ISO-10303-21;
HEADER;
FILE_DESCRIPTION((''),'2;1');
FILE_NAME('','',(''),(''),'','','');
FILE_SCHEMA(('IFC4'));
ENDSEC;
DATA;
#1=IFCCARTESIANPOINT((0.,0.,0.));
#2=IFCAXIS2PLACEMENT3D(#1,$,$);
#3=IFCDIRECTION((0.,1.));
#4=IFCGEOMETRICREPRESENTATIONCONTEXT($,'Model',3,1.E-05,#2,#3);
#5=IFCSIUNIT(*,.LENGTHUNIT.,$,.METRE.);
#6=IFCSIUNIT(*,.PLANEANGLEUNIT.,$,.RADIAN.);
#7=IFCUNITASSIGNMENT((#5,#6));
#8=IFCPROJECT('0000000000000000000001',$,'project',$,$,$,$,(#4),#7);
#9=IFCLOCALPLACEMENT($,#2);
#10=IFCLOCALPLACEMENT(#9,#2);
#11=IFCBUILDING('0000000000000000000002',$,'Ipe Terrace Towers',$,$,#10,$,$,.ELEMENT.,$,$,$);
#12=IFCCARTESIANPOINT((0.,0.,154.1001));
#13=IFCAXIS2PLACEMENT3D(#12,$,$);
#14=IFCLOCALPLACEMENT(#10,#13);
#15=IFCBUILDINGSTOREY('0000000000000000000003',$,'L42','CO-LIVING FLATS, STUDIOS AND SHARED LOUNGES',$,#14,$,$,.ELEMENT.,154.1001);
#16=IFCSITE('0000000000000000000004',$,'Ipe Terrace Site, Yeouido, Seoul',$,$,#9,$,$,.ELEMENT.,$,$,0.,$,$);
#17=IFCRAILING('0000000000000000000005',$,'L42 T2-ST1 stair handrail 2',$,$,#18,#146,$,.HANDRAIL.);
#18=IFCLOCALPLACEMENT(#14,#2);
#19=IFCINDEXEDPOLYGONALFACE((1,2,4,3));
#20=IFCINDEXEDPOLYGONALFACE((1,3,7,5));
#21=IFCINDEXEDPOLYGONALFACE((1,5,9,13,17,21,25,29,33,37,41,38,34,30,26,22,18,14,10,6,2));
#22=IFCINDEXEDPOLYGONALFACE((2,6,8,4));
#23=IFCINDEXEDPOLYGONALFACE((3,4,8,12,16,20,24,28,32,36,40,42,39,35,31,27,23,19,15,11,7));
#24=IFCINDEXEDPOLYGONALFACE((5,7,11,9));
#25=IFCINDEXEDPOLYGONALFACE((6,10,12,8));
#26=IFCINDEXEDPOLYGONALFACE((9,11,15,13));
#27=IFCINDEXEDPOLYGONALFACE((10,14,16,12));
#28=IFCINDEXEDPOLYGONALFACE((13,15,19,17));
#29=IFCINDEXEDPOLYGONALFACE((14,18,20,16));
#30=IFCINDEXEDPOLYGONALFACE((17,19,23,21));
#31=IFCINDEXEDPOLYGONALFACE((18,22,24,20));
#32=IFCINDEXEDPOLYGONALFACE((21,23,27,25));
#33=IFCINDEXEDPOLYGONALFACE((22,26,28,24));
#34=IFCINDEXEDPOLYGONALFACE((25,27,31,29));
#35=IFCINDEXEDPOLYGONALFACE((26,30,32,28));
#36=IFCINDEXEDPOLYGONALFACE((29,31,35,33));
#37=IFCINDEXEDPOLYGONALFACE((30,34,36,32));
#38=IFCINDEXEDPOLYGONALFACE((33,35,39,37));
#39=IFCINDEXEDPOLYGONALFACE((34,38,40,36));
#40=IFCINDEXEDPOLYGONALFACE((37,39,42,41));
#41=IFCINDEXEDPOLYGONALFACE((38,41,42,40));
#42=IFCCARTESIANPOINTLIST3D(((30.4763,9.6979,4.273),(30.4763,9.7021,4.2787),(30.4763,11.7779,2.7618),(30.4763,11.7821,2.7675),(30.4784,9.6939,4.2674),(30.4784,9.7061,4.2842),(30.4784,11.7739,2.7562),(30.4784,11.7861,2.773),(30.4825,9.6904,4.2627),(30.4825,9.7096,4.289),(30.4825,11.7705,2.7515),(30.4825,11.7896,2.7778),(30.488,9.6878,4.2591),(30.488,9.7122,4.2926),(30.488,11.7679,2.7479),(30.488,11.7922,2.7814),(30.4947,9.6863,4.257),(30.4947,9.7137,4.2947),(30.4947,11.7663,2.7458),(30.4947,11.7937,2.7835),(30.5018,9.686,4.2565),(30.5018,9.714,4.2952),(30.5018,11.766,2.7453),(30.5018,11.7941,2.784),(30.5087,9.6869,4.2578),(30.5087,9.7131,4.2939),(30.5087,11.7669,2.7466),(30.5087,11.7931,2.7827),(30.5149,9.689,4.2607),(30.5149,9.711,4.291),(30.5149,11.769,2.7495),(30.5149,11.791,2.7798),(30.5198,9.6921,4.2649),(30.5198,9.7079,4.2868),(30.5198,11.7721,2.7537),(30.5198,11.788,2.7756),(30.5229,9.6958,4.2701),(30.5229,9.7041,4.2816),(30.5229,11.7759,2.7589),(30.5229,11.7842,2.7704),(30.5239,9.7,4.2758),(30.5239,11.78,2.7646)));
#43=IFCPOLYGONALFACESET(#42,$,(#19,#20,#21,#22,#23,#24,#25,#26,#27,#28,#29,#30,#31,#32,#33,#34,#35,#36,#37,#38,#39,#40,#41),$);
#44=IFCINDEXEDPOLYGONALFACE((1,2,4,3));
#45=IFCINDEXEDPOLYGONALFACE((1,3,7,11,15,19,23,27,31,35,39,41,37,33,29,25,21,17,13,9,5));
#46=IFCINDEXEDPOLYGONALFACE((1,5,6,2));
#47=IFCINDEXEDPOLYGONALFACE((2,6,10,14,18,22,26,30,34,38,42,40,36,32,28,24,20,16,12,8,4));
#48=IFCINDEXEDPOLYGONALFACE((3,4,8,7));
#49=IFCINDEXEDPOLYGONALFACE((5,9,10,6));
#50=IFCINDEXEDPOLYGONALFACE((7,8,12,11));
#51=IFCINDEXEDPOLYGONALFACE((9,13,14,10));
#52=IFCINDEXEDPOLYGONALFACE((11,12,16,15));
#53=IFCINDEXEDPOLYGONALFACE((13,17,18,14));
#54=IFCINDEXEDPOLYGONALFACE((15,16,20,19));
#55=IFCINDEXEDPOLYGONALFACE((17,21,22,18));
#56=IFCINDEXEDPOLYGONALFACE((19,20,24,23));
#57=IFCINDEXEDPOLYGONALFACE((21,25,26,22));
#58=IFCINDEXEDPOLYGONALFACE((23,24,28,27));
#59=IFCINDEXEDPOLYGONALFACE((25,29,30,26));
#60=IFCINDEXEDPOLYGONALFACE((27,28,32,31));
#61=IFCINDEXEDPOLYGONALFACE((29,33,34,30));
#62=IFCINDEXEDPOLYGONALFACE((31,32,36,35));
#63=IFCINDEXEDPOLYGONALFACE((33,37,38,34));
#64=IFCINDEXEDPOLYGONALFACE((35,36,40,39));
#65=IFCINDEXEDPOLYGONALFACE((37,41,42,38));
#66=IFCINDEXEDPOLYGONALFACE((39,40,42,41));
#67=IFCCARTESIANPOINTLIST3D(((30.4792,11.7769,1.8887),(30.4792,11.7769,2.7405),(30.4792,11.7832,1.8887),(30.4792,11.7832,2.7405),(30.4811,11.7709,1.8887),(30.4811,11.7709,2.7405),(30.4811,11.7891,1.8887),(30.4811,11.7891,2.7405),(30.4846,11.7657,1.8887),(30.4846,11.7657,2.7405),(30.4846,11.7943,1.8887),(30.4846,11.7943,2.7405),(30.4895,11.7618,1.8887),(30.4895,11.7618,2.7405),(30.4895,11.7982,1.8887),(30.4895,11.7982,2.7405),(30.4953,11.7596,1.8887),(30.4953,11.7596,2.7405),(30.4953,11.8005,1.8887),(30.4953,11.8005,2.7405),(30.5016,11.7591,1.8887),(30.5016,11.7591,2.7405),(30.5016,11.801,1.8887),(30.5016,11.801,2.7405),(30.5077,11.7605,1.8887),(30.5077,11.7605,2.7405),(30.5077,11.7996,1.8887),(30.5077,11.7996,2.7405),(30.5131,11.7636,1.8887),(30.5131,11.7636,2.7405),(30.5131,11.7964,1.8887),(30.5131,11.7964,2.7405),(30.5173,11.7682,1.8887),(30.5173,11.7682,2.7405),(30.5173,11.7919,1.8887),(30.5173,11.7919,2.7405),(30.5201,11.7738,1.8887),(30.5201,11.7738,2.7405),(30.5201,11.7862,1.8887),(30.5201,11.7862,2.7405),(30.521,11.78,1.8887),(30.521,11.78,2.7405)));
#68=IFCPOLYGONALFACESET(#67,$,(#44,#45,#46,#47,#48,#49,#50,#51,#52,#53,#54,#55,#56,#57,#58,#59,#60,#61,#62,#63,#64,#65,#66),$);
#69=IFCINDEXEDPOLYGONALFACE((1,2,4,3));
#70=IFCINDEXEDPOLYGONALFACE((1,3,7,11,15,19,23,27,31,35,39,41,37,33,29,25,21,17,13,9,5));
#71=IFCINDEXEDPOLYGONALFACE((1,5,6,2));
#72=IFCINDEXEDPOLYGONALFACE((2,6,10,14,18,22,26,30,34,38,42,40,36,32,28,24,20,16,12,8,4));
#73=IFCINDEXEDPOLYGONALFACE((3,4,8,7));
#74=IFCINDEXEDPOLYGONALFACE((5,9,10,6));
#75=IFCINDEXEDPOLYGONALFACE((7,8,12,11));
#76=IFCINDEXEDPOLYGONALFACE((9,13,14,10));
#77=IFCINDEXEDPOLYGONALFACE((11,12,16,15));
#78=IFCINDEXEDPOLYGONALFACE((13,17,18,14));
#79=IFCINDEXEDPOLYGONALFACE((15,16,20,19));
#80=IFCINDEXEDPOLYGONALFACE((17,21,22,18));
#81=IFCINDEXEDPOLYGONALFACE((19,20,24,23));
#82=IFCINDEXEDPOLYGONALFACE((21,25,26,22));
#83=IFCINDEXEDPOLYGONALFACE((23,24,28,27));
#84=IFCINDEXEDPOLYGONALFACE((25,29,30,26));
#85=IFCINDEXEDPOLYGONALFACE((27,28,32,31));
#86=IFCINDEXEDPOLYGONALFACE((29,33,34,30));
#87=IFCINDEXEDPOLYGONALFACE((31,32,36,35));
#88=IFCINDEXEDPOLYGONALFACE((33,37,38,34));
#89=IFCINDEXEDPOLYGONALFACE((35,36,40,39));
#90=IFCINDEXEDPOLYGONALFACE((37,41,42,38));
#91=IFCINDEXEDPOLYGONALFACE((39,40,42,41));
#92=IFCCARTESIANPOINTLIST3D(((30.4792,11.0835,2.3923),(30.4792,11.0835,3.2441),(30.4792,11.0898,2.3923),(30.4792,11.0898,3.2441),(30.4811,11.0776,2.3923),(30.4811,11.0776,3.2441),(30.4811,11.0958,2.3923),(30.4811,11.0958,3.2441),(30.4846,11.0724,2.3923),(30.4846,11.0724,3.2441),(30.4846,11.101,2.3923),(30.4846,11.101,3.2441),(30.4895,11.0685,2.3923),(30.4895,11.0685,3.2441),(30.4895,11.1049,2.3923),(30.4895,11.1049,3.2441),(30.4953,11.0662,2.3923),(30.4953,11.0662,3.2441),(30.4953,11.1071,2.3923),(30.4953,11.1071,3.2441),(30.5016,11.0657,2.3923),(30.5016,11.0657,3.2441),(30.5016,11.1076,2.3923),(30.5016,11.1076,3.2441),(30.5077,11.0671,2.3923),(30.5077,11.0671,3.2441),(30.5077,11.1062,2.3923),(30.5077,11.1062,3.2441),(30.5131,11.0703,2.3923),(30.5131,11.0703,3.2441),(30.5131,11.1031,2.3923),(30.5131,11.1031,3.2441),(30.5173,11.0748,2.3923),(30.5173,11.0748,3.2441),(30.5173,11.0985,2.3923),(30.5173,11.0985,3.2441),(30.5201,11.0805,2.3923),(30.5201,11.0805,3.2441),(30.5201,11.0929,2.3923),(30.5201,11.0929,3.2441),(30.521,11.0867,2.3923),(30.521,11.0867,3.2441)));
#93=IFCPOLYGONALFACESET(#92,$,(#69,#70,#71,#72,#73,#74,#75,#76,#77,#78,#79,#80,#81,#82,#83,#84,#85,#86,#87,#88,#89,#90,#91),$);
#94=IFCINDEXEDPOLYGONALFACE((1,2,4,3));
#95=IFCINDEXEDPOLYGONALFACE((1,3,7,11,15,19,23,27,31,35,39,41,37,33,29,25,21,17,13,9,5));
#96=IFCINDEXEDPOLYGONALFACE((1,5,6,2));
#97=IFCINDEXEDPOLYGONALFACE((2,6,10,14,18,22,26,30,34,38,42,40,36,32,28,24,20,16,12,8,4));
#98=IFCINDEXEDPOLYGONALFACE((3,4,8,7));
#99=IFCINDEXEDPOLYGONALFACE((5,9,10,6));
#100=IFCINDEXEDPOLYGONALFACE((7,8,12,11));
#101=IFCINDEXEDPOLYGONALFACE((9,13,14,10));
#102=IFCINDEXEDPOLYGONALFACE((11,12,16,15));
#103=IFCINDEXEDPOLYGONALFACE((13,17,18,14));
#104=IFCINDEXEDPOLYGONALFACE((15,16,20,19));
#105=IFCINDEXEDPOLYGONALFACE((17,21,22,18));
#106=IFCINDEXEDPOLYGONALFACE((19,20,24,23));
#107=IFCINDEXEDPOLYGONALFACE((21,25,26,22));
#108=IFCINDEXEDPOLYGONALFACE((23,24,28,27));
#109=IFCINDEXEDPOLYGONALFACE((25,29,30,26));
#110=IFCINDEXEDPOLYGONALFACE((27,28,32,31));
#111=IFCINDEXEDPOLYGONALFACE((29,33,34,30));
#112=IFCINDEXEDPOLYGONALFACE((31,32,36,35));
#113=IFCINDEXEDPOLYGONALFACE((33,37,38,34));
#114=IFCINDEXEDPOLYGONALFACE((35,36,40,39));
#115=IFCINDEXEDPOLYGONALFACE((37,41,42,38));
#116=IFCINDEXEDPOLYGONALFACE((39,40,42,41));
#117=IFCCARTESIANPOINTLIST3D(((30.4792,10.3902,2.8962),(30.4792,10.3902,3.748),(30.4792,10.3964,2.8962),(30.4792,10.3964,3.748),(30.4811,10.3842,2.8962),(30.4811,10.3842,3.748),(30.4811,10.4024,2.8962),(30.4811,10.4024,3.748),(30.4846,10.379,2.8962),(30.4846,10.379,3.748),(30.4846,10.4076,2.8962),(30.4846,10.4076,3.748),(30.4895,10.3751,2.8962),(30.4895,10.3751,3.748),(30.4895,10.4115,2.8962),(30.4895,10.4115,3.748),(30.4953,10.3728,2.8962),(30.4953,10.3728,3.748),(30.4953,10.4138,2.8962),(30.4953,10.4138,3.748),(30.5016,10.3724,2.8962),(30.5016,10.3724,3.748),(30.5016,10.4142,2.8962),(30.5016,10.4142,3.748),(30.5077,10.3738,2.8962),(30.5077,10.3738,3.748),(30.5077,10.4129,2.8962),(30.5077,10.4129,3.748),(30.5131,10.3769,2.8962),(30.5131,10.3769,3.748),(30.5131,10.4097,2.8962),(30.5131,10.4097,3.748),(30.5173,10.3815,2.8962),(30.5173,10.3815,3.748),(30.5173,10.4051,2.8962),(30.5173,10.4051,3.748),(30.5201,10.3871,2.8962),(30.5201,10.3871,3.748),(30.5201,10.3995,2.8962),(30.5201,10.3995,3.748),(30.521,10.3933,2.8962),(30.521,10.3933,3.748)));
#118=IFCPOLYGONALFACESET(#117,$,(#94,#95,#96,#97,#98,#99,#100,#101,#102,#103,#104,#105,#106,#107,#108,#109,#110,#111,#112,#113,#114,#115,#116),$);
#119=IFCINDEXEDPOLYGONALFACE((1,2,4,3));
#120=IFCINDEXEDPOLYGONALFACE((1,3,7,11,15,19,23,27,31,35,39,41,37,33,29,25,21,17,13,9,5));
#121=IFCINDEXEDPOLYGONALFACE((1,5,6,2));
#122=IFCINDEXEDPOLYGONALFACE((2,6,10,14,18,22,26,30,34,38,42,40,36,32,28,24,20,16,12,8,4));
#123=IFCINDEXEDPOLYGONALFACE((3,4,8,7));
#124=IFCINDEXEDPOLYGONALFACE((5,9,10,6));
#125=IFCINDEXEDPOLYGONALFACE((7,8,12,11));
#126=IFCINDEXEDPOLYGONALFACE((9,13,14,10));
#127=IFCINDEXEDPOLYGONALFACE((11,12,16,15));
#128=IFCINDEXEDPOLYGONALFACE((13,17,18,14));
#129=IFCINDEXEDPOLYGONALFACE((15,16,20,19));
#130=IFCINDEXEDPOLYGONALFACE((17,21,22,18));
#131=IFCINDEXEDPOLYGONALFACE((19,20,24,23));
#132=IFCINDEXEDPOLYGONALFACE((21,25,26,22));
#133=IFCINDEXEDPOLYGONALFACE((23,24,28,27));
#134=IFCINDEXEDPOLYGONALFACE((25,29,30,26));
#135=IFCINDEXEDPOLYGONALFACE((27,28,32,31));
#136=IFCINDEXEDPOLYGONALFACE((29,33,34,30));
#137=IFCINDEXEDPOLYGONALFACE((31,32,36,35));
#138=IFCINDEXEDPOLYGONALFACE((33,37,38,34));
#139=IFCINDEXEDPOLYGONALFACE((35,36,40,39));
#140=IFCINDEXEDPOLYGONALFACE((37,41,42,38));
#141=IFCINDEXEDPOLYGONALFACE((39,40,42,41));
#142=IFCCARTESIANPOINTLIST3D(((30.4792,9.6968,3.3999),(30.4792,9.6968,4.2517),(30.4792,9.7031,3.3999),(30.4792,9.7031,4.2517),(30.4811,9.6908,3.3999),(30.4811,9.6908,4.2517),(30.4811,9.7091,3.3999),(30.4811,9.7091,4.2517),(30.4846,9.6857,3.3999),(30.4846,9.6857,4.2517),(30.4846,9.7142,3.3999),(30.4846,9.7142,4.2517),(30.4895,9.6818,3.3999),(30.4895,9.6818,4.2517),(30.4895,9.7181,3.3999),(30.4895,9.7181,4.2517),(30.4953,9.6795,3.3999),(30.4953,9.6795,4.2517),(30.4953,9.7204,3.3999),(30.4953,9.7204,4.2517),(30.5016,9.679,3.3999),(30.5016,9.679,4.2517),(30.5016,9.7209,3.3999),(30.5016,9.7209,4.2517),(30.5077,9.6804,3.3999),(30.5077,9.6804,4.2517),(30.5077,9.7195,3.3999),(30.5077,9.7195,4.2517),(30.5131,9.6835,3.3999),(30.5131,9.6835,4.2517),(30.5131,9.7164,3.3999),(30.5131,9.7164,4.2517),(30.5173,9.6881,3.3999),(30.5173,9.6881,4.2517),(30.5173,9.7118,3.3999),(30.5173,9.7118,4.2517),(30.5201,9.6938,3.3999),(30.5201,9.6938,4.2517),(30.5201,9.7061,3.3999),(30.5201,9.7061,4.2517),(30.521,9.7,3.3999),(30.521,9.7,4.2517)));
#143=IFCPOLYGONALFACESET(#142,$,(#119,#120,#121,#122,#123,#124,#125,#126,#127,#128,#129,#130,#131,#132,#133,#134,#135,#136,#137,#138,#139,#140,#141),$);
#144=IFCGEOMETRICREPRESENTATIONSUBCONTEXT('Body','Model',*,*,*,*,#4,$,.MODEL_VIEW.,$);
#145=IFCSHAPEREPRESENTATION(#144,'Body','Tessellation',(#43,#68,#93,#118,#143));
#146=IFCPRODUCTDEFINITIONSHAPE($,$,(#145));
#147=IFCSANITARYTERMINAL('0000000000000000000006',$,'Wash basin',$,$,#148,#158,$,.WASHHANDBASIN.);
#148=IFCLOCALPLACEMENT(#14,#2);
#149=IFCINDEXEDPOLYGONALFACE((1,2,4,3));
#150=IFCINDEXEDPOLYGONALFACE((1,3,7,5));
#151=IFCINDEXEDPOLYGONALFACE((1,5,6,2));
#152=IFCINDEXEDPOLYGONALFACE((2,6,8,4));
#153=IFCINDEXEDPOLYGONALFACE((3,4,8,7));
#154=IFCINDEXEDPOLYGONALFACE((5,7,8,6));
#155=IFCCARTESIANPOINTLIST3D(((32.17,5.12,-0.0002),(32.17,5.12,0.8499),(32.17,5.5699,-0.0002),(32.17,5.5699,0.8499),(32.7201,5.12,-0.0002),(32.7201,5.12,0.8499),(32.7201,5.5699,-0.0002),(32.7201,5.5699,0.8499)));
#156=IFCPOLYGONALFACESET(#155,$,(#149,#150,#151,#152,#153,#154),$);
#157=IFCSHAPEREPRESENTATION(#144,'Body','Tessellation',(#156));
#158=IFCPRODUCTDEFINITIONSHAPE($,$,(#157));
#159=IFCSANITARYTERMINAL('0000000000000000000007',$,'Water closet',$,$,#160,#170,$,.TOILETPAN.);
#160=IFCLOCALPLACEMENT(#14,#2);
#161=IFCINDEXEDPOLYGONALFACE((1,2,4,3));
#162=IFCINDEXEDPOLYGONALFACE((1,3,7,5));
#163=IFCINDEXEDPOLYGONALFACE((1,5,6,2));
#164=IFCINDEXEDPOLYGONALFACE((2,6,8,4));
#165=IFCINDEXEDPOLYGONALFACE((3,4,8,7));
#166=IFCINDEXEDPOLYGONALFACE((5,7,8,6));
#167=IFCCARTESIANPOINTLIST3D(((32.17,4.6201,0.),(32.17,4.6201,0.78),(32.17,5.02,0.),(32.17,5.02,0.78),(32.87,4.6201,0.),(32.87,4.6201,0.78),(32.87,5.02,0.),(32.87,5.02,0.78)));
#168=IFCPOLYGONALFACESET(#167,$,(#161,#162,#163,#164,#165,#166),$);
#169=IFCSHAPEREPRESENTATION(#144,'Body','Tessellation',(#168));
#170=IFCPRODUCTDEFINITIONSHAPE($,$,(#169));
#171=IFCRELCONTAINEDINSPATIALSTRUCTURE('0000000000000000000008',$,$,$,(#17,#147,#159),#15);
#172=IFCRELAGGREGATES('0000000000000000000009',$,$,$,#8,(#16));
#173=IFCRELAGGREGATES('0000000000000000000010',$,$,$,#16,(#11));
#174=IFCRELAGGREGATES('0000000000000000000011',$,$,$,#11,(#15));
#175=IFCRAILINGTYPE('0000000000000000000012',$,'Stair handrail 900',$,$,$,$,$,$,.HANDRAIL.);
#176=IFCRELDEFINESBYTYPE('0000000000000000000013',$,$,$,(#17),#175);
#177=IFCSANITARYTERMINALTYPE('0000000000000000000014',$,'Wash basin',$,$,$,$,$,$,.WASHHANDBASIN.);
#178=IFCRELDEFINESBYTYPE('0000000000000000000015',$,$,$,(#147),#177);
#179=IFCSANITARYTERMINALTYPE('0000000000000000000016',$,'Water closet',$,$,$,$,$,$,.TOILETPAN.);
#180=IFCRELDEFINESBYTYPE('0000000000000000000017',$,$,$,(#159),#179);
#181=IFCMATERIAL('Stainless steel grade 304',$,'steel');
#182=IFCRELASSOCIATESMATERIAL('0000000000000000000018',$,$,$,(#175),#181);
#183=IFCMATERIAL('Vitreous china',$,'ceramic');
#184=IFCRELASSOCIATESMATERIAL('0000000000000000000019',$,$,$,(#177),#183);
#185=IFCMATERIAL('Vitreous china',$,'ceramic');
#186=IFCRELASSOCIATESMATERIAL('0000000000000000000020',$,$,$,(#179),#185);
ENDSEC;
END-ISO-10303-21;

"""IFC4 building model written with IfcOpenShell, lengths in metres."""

from ifc_helpers import new_model, si_unit, direction, frame, origin, origin_2d, place, context, subcontext, project, spatial, rectangle, circle, extrude, material, type_object, element, save


model = new_model("IFC4")

# Units and contexts
model_context = context("Model", 3, precision=1e-05, world=origin(), true_north=direction((0.0, 1.0)))
body_context = subcontext(model_context, "Body", "Model", "MODEL_VIEW")
ifc_project = project(units=[si_unit("LENGTHUNIT", "METRE"), si_unit("PLANEANGLEUNIT", "RADIAN")], contexts=[model_context])

# Site, building, storey
site_placement = place(None, origin())
site = spatial("IfcSite", under=ifc_project, at=site_placement, Name="Ipe Terrace Site, Yeouido, Seoul", CompositionType="ELEMENT", RefElevation=0.0)
building_placement = place(site_placement, origin())
building = spatial("IfcBuilding", under=site, at=building_placement, Name="Ipe Terrace Towers", CompositionType="ELEMENT")
storey_placement = place(building_placement, frame((0.0, 0.0, 154.1001)))
storey = spatial("IfcBuildingStorey", under=building, at=storey_placement, Name="L42", Description="CO-LIVING FLATS, STUDIOS AND SHARED LOUNGES", CompositionType="ELEMENT", Elevation=154.1001)

# Railing
ifc_material_1 = material(Name="Stainless steel grade 304", Category="steel")
railing_type_1 = type_object("IfcRailingType", Name="Stair handrail 900", PredefinedType="HANDRAIL", material=ifc_material_1)
railing_1_placement = place(storey_placement, frame((30.5, 11.78, 1.8887)))
element("IfcRailing", 1, at=railing_1_placement, inside=storey, type_object=railing_type_1, Name="L42 T2-ST1 stair handrail 2", PredefinedType="HANDRAIL", context=body_context, shape_type="SweptSolid", body=[
    extrude(circle(Radius=0.0239, at=origin_2d()), frame((0.0, 0.0, 0.876), z_axis=(0.0, -0.809023, 0.587776), x_axis=(1.0, 0.0, 0.0)), (0.0, 0.0, 1.0), 2.571),
    extrude(circle(Radius=0.021, at=origin_2d()), origin(), (0.0, 0.0, 1.0), 0.8518),
    extrude(circle(Radius=0.021, at=origin_2d()), frame((0.0, -0.6934, 0.5037)), (0.0, 0.0, 1.0), 0.8518),
    extrude(circle(Radius=0.021, at=origin_2d()), frame((0.0, -1.3867, 1.0076)), (0.0, 0.0, 1.0), 0.8518),
    extrude(circle(Radius=0.021, at=origin_2d()), frame((0.0, -2.0801, 1.5112)), (0.0, 0.0, 1.0), 0.8518),
])

# Sanitary terminals
ifc_material_2 = material(Name="Vitreous china", Category="ceramic")
sanitary_terminal_type_1 = type_object("IfcSanitaryTerminalType", Name="Wash basin", PredefinedType="WASHHANDBASIN", material=ifc_material_2)
sanitary_terminal_1_placement = place(storey_placement, frame((32.4451, 5.345, -0.0002), z_axis=(0.0, 0.0, 1.0), x_axis=(1.0, 0.0, 0.0)))
element("IfcSanitaryTerminal", 2, at=sanitary_terminal_1_placement, inside=storey, type_object=sanitary_terminal_type_1, Name="Wash basin", PredefinedType="WASHHANDBASIN", context=body_context, shape_type="SweptSolid", body=[
    extrude(rectangle(XDim=0.55, YDim=0.45, at=origin_2d()), origin(), (0.0, 0.0, 1.0), 0.8501),
])
ifc_material_3 = material(Name="Vitreous china", Category="ceramic")
sanitary_terminal_type_2 = type_object("IfcSanitaryTerminalType", Name="Water closet", PredefinedType="TOILETPAN", material=ifc_material_3)
sanitary_terminal_2_placement = place(storey_placement, frame((32.52, 4.8201, 0.0), z_axis=(0.0, 0.0, 1.0), x_axis=(1.0, 0.0, 0.0)))
element("IfcSanitaryTerminal", 3, at=sanitary_terminal_2_placement, inside=storey, type_object=sanitary_terminal_type_2, Name="Water closet", PredefinedType="TOILETPAN", context=body_context, shape_type="SweptSolid", body=[
    extrude(rectangle(XDim=0.7, YDim=0.3999, at=origin_2d()), origin(), (0.0, 0.0, 1.0), 0.78),
])

save(model, "model.ifc")
